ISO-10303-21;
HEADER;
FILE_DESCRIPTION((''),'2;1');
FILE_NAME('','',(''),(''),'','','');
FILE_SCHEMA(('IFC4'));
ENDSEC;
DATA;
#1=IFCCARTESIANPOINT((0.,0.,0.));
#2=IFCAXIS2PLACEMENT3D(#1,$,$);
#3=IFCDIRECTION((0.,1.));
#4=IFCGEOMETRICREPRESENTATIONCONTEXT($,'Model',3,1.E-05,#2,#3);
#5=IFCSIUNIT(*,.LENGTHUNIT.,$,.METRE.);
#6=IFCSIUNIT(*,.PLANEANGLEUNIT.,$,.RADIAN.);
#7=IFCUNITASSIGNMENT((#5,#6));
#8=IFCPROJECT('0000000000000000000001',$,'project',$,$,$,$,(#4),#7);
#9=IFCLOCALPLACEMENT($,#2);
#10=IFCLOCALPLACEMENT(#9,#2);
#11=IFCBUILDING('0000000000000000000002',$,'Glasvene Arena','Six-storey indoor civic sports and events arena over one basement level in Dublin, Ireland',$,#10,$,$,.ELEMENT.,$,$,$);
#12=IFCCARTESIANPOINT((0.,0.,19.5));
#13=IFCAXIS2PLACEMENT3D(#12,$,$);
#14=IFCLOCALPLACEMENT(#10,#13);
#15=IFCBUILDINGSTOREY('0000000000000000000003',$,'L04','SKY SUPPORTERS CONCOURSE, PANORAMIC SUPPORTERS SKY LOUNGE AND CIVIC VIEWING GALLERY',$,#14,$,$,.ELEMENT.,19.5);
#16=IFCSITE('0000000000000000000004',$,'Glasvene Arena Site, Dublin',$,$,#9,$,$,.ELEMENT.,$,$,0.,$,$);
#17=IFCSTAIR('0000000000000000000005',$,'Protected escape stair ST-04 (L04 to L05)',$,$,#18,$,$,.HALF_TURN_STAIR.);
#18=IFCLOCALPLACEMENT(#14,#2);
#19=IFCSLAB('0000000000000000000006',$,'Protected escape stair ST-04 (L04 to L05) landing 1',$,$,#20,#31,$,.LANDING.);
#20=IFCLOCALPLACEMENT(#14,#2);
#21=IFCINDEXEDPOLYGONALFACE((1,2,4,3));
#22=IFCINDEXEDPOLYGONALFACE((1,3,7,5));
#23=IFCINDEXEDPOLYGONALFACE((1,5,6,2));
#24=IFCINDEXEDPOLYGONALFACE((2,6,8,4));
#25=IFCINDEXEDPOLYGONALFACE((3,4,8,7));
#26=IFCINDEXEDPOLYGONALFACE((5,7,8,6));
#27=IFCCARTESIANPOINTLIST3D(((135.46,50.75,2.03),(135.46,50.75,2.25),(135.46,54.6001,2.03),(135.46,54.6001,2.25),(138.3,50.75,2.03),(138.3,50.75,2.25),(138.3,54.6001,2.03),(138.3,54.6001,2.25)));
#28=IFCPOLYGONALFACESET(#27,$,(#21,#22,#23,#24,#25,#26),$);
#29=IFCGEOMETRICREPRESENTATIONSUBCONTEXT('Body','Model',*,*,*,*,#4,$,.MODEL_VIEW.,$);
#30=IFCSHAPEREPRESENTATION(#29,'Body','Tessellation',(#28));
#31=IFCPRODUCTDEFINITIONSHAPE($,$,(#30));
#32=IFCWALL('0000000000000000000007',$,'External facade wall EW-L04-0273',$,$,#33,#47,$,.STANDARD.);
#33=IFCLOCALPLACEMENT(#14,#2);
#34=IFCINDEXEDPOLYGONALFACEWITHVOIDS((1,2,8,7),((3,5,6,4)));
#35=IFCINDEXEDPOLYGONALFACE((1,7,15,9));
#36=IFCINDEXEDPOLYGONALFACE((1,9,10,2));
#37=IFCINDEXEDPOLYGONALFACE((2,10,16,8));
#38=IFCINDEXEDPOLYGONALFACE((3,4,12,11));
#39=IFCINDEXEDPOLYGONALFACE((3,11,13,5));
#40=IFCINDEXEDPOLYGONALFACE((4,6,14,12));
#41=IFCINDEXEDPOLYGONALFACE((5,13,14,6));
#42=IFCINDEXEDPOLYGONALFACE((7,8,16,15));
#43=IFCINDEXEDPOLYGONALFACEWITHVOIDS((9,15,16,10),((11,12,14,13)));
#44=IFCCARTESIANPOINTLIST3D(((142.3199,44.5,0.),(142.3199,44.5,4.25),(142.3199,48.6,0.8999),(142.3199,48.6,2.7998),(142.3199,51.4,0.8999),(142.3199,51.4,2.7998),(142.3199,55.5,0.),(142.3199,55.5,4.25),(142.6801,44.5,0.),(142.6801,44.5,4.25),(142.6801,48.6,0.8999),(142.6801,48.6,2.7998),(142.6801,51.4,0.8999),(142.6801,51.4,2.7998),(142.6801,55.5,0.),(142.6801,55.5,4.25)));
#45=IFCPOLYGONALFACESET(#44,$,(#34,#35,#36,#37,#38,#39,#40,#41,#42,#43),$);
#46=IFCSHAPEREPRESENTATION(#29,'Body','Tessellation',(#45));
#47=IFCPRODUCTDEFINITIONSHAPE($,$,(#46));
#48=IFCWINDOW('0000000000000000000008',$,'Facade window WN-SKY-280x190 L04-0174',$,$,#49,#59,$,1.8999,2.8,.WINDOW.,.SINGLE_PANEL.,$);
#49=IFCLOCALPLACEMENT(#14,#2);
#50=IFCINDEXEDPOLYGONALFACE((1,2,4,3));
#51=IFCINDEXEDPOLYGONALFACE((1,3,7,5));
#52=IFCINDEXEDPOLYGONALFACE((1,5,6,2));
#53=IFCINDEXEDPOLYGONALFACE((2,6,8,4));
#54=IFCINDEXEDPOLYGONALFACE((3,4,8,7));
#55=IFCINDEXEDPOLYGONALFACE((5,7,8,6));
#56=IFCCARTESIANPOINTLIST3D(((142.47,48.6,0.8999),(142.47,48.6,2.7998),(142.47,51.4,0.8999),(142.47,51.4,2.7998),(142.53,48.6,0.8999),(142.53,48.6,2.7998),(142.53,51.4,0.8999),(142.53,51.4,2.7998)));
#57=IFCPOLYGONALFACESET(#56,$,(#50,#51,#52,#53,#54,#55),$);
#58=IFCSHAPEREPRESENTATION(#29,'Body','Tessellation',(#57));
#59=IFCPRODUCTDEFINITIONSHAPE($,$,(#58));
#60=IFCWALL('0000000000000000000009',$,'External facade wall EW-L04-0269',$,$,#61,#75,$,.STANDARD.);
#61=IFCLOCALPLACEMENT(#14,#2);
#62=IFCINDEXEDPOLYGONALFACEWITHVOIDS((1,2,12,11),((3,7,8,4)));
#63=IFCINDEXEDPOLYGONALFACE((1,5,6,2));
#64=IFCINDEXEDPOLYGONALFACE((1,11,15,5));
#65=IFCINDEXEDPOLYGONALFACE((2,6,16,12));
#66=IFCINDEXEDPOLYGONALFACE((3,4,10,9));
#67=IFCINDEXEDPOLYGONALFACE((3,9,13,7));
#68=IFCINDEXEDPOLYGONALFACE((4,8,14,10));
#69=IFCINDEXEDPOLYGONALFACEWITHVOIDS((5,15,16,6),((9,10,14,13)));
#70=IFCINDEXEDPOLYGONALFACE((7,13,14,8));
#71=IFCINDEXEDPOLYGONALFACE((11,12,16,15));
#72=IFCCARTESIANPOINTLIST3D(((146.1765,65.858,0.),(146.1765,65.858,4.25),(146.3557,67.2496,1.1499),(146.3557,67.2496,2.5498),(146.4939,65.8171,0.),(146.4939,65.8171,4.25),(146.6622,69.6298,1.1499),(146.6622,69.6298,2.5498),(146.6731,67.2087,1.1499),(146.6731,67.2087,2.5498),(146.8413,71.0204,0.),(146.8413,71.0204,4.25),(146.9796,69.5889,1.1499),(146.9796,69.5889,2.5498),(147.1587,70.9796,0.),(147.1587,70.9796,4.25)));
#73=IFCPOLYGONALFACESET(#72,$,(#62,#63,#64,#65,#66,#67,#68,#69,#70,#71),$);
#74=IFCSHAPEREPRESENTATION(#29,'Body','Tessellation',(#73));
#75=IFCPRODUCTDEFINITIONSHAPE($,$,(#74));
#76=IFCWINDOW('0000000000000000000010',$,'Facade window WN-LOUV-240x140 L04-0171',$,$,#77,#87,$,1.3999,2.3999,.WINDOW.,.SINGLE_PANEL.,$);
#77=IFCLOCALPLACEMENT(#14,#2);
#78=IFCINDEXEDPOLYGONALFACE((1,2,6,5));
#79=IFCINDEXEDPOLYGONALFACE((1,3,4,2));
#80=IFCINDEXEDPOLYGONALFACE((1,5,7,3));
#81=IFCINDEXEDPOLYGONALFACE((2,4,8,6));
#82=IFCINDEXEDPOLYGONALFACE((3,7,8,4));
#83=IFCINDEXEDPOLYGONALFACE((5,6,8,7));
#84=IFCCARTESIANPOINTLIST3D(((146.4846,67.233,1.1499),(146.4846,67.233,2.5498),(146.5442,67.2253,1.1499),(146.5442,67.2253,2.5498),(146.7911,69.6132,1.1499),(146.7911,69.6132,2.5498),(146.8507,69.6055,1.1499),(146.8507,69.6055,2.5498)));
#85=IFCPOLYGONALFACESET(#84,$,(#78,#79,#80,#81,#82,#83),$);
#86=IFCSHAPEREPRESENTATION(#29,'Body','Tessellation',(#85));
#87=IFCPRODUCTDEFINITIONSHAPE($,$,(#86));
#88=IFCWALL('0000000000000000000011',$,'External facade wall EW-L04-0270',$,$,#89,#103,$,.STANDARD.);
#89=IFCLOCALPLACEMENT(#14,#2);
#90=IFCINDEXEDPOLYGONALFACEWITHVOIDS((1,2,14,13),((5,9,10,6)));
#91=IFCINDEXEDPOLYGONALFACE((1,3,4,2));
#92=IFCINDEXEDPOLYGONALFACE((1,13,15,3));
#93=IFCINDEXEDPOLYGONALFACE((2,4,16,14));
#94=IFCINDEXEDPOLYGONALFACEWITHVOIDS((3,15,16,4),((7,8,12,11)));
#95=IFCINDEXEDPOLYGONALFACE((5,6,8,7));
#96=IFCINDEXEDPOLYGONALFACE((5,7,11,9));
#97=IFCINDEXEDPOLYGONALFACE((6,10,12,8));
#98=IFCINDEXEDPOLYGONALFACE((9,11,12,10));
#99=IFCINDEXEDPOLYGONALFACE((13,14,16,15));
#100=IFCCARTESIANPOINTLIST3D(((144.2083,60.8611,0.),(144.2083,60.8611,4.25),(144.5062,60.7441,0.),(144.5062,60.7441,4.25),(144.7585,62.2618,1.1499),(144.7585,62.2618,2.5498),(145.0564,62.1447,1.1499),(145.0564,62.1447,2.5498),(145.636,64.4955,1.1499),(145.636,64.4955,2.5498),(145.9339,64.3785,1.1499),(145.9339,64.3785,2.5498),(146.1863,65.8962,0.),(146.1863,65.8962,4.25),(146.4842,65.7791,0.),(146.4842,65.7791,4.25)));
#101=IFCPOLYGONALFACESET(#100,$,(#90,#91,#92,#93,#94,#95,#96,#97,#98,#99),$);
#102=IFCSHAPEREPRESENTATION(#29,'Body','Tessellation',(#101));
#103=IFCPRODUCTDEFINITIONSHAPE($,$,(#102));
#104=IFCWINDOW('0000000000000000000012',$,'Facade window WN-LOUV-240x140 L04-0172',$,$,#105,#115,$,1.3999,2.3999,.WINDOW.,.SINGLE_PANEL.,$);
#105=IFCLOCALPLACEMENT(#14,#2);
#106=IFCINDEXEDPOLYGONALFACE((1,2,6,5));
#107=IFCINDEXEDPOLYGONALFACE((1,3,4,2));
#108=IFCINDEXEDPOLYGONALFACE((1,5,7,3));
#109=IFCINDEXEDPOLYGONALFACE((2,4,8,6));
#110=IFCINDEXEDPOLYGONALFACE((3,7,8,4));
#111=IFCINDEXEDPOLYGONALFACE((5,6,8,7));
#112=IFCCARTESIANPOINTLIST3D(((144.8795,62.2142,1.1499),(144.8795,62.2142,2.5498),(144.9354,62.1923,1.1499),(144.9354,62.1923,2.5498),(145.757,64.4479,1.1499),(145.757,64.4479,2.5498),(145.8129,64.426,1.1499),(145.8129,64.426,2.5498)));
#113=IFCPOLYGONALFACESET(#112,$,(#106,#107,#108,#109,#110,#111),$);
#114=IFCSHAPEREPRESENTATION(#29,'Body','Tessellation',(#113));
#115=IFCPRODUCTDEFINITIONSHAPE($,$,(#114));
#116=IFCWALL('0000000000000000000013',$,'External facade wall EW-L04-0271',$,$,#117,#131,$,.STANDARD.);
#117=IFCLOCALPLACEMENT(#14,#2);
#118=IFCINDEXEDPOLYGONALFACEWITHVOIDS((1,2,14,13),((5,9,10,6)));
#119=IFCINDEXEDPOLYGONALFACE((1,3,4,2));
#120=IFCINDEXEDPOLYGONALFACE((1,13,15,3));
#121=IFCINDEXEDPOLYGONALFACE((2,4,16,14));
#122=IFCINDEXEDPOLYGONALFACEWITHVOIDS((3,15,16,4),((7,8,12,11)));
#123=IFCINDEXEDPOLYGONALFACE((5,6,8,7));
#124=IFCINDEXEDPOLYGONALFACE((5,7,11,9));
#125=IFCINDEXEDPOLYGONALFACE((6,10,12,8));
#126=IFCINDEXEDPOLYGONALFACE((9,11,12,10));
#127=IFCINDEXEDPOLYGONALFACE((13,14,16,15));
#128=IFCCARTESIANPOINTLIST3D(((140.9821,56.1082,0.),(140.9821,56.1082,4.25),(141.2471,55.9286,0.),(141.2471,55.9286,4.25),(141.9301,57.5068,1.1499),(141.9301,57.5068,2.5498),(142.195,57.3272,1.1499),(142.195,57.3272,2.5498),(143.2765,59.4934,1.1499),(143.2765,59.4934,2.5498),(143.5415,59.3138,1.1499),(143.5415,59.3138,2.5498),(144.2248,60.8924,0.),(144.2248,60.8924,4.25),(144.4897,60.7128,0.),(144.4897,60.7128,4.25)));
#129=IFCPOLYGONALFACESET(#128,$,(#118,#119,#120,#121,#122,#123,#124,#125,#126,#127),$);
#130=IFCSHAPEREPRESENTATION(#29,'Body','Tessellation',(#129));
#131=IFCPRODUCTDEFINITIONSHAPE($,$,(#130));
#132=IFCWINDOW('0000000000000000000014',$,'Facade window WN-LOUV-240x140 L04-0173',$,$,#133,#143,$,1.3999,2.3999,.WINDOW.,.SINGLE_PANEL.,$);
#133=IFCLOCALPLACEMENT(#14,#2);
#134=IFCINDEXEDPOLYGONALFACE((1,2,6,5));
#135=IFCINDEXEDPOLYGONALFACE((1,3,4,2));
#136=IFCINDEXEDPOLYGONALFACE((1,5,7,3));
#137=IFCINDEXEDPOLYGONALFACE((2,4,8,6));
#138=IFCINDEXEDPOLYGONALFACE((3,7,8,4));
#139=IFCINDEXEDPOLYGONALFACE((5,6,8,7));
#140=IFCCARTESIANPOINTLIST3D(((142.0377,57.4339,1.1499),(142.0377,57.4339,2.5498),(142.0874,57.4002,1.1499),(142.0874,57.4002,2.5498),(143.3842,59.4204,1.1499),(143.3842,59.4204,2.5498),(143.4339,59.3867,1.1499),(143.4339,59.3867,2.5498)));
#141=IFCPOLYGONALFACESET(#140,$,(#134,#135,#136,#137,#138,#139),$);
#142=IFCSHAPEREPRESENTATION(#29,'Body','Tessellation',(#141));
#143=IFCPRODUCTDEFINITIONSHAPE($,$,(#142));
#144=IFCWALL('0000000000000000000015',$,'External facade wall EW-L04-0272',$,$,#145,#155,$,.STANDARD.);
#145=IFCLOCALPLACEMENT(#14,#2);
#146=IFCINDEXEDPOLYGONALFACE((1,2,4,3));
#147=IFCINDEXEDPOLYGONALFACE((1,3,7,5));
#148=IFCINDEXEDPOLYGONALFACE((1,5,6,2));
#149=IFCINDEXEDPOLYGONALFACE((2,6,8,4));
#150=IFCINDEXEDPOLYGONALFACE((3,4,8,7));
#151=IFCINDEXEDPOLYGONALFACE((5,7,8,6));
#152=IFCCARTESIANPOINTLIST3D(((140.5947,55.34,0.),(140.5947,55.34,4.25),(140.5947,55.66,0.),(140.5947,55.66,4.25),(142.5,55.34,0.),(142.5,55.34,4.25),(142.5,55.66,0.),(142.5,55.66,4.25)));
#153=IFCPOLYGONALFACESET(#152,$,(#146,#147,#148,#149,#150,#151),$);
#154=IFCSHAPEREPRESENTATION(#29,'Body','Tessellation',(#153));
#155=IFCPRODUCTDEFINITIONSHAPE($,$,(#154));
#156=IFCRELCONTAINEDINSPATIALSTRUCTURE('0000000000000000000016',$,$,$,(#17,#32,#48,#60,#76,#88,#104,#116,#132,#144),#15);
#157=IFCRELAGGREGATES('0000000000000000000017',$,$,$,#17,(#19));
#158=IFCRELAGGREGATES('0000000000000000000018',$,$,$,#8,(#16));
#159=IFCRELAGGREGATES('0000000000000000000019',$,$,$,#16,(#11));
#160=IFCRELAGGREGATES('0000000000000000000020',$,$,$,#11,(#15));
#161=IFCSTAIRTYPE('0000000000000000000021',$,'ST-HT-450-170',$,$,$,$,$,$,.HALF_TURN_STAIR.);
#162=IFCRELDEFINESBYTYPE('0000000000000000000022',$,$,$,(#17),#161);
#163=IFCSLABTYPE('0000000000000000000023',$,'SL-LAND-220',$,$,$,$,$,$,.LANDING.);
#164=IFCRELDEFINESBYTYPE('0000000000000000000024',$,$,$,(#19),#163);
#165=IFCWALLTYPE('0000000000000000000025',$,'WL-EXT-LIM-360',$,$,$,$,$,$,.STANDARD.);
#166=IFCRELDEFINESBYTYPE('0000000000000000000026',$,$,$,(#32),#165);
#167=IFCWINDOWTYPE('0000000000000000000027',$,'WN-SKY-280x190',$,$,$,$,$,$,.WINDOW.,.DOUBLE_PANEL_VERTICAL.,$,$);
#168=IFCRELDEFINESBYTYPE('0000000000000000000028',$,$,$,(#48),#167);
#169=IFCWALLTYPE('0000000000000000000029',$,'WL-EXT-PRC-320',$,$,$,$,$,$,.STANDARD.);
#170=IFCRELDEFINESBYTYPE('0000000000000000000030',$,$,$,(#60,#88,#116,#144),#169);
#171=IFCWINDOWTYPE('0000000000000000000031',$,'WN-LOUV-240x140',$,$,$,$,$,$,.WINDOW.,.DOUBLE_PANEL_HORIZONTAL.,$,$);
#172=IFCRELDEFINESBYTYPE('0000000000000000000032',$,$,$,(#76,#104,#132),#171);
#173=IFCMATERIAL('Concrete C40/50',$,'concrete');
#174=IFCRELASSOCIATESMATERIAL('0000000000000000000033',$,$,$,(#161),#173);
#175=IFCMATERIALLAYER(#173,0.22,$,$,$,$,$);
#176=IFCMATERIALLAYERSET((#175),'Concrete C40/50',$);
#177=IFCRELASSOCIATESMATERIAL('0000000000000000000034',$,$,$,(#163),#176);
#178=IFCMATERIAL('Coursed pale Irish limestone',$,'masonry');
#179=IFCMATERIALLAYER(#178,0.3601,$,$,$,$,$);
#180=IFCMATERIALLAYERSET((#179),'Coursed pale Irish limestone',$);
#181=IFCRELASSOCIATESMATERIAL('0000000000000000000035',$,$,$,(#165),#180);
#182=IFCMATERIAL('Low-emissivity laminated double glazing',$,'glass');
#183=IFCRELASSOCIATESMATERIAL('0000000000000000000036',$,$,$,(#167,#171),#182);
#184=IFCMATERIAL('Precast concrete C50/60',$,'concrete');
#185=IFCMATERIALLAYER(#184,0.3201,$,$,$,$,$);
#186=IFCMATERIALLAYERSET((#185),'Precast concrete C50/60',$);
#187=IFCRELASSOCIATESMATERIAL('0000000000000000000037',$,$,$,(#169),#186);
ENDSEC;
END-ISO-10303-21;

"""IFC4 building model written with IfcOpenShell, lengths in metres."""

from ifc_helpers import new_model, si_unit, direction, frame, frame_2d, origin, place, context, subcontext, project, spatial, polyline, rectangle, outline, extrude, material, layer, layer_set, type_object, element, fill, aggregate, save


model = new_model("IFC4")

# Units and contexts
model_context = context("Model", 3, precision=1e-05, world=origin(), true_north=direction((0.0, 1.0)))
body_context = subcontext(model_context, "Body", "Model", "MODEL_VIEW")
ifc_project = project(units=[si_unit("LENGTHUNIT", "METRE"), si_unit("PLANEANGLEUNIT", "RADIAN")], contexts=[model_context])

# Site, building, storey
site_placement = place(None, origin())
site = spatial("IfcSite", under=ifc_project, at=site_placement, Name="Glasvene Arena Site, Dublin", CompositionType="ELEMENT", RefElevation=0.0)
building_placement = place(site_placement, origin())
building = spatial("IfcBuilding", under=site, at=building_placement, Name="Glasvene Arena", Description="Six-storey indoor civic sports and events arena over one basement level in Dublin, Ireland", CompositionType="ELEMENT")
storey_placement = place(building_placement, frame((0.0, 0.0, 19.5)))
storey = spatial("IfcBuildingStorey", under=building, at=storey_placement, Name="L04", Description="SKY SUPPORTERS CONCOURSE, PANORAMIC SUPPORTERS SKY LOUNGE AND CIVIC VIEWING GALLERY", CompositionType="ELEMENT", Elevation=19.5)

# Stair, slab
ifc_material_1 = material(Name="Concrete C40/50", Category="concrete")
stair_type = type_object("IfcStairType", Name="ST-HT-450-170", PredefinedType="HALF_TURN_STAIR", material=ifc_material_1)
stair_placement = place(storey_placement, origin())
stair = element("IfcStair", 1, at=stair_placement, inside=storey, type_object=stair_type, Name="Protected escape stair ST-04 (L04 to L05)", PredefinedType="HALF_TURN_STAIR")
ifc_layer_1 = layer(ifc_material_1, 0.22)
ifc_layer_set_1 = layer_set([ifc_layer_1], Name="Concrete C40/50")
slab_type = type_object("IfcSlabType", Name="SL-LAND-220", PredefinedType="LANDING", material=ifc_layer_set_1)
slab_placement = place(storey_placement, frame((136.8799, 52.675, 2.03)))
slab = element("IfcSlab", 2, at=slab_placement, type_object=slab_type, Name="Protected escape stair ST-04 (L04 to L05) landing 1", PredefinedType="LANDING", context=body_context, shape_type="SweptSolid", body=[
    extrude(outline(polyline([(-1.4199, -1.925), (1.4202, -1.925), (1.4202, 1.925), (-1.4199, 1.925), (-1.4199, -1.925)])), origin(), (0.0, 0.0, 1.0), 0.22),
])
aggregate(stair, [slab])

# Walls, openings, windows
ifc_material_2 = material(Name="Coursed pale Irish limestone", Category="masonry")
ifc_layer_2 = layer(ifc_material_2, 0.3601)
ifc_layer_set_2 = layer_set([ifc_layer_2], Name="Coursed pale Irish limestone")
wall_type_1 = type_object("IfcWallType", Name="WL-EXT-LIM-360", PredefinedType="STANDARD", material=ifc_layer_set_2)
wall_1_placement = place(storey_placement, frame((142.5, 55.5, 0.0), z_axis=(0.0, 0.0, 1.0), x_axis=(0.0, -1.0, 0.0)))
wall_1 = element("IfcWall", 3, at=wall_1_placement, inside=storey, type_object=wall_type_1, Name="External facade wall EW-L04-0273", PredefinedType="STANDARD", context=body_context, shape_type="SweptSolid", body=[
    extrude(rectangle(XDim=11.0, YDim=0.3601, at=frame_2d((5.5, 0.0))), origin(), (0.0, 0.0, 1.0), 4.25),
])
opening_1_placement = place(wall_1_placement, frame((4.1001, 0.0, 0.8999)))
opening_1 = element("IfcOpeningElement", 4, at=opening_1_placement, cuts=wall_1, PredefinedType="OPENING", context=body_context, shape_type="SweptSolid", body=[
    extrude(rectangle(XDim=2.8, YDim=1.8999, at=frame_2d((1.3999, 0.95))), frame((0.0, 0.1899, 0.0), z_axis=(0.0, -1.0, 0.0), x_axis=(1.0, 0.0, 0.0)), (0.0, 0.0, 1.0), 0.3801),
])
ifc_material_3 = material(Name="Low-emissivity laminated double glazing", Category="glass")
window_type_1 = type_object("IfcWindowType", Name="WN-SKY-280x190", PartitioningType="DOUBLE_PANEL_VERTICAL", PredefinedType="WINDOW", material=ifc_material_3)
window_1_placement = place(opening_1_placement, origin())
window_1 = element("IfcWindow", 5, at=window_1_placement, inside=storey, type_object=window_type_1, Name="Facade window WN-SKY-280x190 L04-0174", OverallHeight=1.8999, OverallWidth=2.8, PartitioningType="SINGLE_PANEL", PredefinedType="WINDOW", context=body_context, shape_type="SweptSolid", body=[
    extrude(rectangle(XDim=2.8, YDim=1.8999, at=frame_2d((1.3999, 0.95))), frame((0.0, 0.03, 0.0), z_axis=(0.0, -1.0, 0.0), x_axis=(1.0, 0.0, 0.0)), (0.0, 0.0, 1.0), 0.0601),
])
fill(opening_1, window_1)
ifc_material_4 = material(Name="Precast concrete C50/60", Category="concrete")
ifc_layer_3 = layer(ifc_material_4, 0.3201)
ifc_layer_set_3 = layer_set([ifc_layer_3], Name="Precast concrete C50/60")
wall_type_2 = type_object("IfcWallType", Name="WL-EXT-PRC-320", PredefinedType="STANDARD", material=ifc_layer_set_3)
wall_2_placement = place(storey_placement, frame((147.0, 71.0, 0.0), z_axis=(0.0, 0.0, 1.0), x_axis=(-0.127723, -0.99181, 0.0)))
wall_2 = element("IfcWall", 6, at=wall_2_placement, inside=storey, type_object=wall_type_2, Name="External facade wall EW-L04-0269", PredefinedType="STANDARD", context=body_context, shape_type="SweptSolid", body=[
    extrude(rectangle(XDim=5.2051, YDim=0.3201, at=frame_2d((2.6025, 0.0))), origin(), (0.0, 0.0, 1.0), 4.25),
])
opening_2_placement = place(wall_2_placement, frame((1.4021, 0.0, 1.1499)))
opening_2 = element("IfcOpeningElement", 7, at=opening_2_placement, cuts=wall_2, PredefinedType="OPENING", context=body_context, shape_type="SweptSolid", body=[
    extrude(rectangle(XDim=2.3999, YDim=1.3999, at=frame_2d((1.2, 0.7))), frame((0.0, 0.1699, 0.0), z_axis=(0.0, -1.0, 0.0), x_axis=(1.0, 0.0, 0.0)), (0.0, 0.0, 1.0), 0.3401),
])
window_type_2 = type_object("IfcWindowType", Name="WN-LOUV-240x140", PartitioningType="DOUBLE_PANEL_HORIZONTAL", PredefinedType="WINDOW", material=ifc_material_3)
window_2_placement = place(opening_2_placement, origin())
window_2 = element("IfcWindow", 8, at=window_2_placement, inside=storey, type_object=window_type_2, Name="Facade window WN-LOUV-240x140 L04-0171", OverallHeight=1.3999, OverallWidth=2.3999, PartitioningType="SINGLE_PANEL", PredefinedType="WINDOW", context=body_context, shape_type="SweptSolid", body=[
    extrude(rectangle(XDim=2.3999, YDim=1.3999, at=frame_2d((1.2, 0.7))), frame((0.0, 0.03, 0.0), z_axis=(0.0, -1.0, 0.0), x_axis=(1.0, 0.0, 0.0)), (0.0, 0.0, 1.0), 0.0601),
])
fill(opening_2, window_2)
wall_3_placement = place(storey_placement, frame((146.3352, 65.8376, 0.0), z_axis=(0.0, 0.0, 1.0), x_axis=(-0.365641, -0.930756, 0.0)))
wall_3 = element("IfcWall", 9, at=wall_3_placement, inside=storey, type_object=wall_type_2, Name="External facade wall EW-L04-0270", PredefinedType="STANDARD", context=body_context, shape_type="SweptSolid", body=[
    extrude(rectangle(XDim=5.4097, YDim=0.3201, at=frame_2d((2.7048, 0.0))), origin(), (0.0, 0.0, 1.0), 4.25),
])
opening_3_placement = place(wall_3_placement, frame((1.5049, 0.0, 1.1499)))
opening_3 = element("IfcOpeningElement", 10, at=opening_3_placement, cuts=wall_3, PredefinedType="OPENING", context=body_context, shape_type="SweptSolid", body=[
    extrude(rectangle(XDim=2.3999, YDim=1.3999, at=frame_2d((1.2, 0.7))), frame((0.0, 0.1699, 0.0), z_axis=(0.0, -1.0, 0.0), x_axis=(1.0, 0.0, 0.0)), (0.0, 0.0, 1.0), 0.3401),
])
window_3_placement = place(opening_3_placement, origin())
window_3 = element("IfcWindow", 11, at=window_3_placement, inside=storey, type_object=window_type_2, Name="Facade window WN-LOUV-240x140 L04-0172", OverallHeight=1.3999, OverallWidth=2.3999, PartitioningType="SINGLE_PANEL", PredefinedType="WINDOW", context=body_context, shape_type="SweptSolid", body=[
    extrude(rectangle(XDim=2.3999, YDim=1.3999, at=frame_2d((1.2, 0.7))), frame((0.0, 0.03, 0.0), z_axis=(0.0, -1.0, 0.0), x_axis=(1.0, 0.0, 0.0)), (0.0, 0.0, 1.0), 0.0601),
])
fill(opening_3, window_3)
wall_4_placement = place(storey_placement, frame((144.3572, 60.8025, 0.0), z_axis=(0.0, 0.0, 1.0), x_axis=(-0.561059, -0.827776, 0.0)))
wall_4 = element("IfcWall", 12, at=wall_4_placement, inside=storey, type_object=wall_type_2, Name="External facade wall EW-L04-0271", PredefinedType="STANDARD", context=body_context, shape_type="SweptSolid", body=[
    extrude(rectangle(XDim=5.7795, YDim=0.3201, at=frame_2d((2.8896, 0.0))), origin(), (0.0, 0.0, 1.0), 4.25),
])
opening_4_placement = place(wall_4_placement, frame((1.6899, 0.0, 1.1499)))
opening_4 = element("IfcOpeningElement", 13, at=opening_4_placement, cuts=wall_4, PredefinedType="OPENING", context=body_context, shape_type="SweptSolid", body=[
    extrude(rectangle(XDim=2.3999, YDim=1.3999, at=frame_2d((1.2, 0.7))), frame((0.0, 0.1699, 0.0), z_axis=(0.0, -1.0, 0.0), x_axis=(1.0, 0.0, 0.0)), (0.0, 0.0, 1.0), 0.3401),
])
window_4_placement = place(opening_4_placement, origin())
window_4 = element("IfcWindow", 14, at=window_4_placement, inside=storey, type_object=window_type_2, Name="Facade window WN-LOUV-240x140 L04-0173", OverallHeight=1.3999, OverallWidth=2.3999, PartitioningType="SINGLE_PANEL", PredefinedType="WINDOW", context=body_context, shape_type="SweptSolid", body=[
    extrude(rectangle(XDim=2.3999, YDim=1.3999, at=frame_2d((1.2, 0.7))), frame((0.0, 0.03, 0.0), z_axis=(0.0, -1.0, 0.0), x_axis=(1.0, 0.0, 0.0)), (0.0, 0.0, 1.0), 0.0601),
])
fill(opening_4, window_4)

# Wall
wall_5_placement = place(storey_placement, frame((140.5947, 55.5, 0.0), z_axis=(0.0, 0.0, 1.0), x_axis=(1.0, 0.0, 0.0)))
element("IfcWall", 15, at=wall_5_placement, inside=storey, type_object=wall_type_2, Name="External facade wall EW-L04-0272", PredefinedType="STANDARD", context=body_context, shape_type="SweptSolid", body=[
    extrude(rectangle(XDim=1.9053, YDim=0.3201, at=frame_2d((0.9526, 0.0))), origin(), (0.0, 0.0, 1.0), 4.25),
])

save(model, "model.ifc")
